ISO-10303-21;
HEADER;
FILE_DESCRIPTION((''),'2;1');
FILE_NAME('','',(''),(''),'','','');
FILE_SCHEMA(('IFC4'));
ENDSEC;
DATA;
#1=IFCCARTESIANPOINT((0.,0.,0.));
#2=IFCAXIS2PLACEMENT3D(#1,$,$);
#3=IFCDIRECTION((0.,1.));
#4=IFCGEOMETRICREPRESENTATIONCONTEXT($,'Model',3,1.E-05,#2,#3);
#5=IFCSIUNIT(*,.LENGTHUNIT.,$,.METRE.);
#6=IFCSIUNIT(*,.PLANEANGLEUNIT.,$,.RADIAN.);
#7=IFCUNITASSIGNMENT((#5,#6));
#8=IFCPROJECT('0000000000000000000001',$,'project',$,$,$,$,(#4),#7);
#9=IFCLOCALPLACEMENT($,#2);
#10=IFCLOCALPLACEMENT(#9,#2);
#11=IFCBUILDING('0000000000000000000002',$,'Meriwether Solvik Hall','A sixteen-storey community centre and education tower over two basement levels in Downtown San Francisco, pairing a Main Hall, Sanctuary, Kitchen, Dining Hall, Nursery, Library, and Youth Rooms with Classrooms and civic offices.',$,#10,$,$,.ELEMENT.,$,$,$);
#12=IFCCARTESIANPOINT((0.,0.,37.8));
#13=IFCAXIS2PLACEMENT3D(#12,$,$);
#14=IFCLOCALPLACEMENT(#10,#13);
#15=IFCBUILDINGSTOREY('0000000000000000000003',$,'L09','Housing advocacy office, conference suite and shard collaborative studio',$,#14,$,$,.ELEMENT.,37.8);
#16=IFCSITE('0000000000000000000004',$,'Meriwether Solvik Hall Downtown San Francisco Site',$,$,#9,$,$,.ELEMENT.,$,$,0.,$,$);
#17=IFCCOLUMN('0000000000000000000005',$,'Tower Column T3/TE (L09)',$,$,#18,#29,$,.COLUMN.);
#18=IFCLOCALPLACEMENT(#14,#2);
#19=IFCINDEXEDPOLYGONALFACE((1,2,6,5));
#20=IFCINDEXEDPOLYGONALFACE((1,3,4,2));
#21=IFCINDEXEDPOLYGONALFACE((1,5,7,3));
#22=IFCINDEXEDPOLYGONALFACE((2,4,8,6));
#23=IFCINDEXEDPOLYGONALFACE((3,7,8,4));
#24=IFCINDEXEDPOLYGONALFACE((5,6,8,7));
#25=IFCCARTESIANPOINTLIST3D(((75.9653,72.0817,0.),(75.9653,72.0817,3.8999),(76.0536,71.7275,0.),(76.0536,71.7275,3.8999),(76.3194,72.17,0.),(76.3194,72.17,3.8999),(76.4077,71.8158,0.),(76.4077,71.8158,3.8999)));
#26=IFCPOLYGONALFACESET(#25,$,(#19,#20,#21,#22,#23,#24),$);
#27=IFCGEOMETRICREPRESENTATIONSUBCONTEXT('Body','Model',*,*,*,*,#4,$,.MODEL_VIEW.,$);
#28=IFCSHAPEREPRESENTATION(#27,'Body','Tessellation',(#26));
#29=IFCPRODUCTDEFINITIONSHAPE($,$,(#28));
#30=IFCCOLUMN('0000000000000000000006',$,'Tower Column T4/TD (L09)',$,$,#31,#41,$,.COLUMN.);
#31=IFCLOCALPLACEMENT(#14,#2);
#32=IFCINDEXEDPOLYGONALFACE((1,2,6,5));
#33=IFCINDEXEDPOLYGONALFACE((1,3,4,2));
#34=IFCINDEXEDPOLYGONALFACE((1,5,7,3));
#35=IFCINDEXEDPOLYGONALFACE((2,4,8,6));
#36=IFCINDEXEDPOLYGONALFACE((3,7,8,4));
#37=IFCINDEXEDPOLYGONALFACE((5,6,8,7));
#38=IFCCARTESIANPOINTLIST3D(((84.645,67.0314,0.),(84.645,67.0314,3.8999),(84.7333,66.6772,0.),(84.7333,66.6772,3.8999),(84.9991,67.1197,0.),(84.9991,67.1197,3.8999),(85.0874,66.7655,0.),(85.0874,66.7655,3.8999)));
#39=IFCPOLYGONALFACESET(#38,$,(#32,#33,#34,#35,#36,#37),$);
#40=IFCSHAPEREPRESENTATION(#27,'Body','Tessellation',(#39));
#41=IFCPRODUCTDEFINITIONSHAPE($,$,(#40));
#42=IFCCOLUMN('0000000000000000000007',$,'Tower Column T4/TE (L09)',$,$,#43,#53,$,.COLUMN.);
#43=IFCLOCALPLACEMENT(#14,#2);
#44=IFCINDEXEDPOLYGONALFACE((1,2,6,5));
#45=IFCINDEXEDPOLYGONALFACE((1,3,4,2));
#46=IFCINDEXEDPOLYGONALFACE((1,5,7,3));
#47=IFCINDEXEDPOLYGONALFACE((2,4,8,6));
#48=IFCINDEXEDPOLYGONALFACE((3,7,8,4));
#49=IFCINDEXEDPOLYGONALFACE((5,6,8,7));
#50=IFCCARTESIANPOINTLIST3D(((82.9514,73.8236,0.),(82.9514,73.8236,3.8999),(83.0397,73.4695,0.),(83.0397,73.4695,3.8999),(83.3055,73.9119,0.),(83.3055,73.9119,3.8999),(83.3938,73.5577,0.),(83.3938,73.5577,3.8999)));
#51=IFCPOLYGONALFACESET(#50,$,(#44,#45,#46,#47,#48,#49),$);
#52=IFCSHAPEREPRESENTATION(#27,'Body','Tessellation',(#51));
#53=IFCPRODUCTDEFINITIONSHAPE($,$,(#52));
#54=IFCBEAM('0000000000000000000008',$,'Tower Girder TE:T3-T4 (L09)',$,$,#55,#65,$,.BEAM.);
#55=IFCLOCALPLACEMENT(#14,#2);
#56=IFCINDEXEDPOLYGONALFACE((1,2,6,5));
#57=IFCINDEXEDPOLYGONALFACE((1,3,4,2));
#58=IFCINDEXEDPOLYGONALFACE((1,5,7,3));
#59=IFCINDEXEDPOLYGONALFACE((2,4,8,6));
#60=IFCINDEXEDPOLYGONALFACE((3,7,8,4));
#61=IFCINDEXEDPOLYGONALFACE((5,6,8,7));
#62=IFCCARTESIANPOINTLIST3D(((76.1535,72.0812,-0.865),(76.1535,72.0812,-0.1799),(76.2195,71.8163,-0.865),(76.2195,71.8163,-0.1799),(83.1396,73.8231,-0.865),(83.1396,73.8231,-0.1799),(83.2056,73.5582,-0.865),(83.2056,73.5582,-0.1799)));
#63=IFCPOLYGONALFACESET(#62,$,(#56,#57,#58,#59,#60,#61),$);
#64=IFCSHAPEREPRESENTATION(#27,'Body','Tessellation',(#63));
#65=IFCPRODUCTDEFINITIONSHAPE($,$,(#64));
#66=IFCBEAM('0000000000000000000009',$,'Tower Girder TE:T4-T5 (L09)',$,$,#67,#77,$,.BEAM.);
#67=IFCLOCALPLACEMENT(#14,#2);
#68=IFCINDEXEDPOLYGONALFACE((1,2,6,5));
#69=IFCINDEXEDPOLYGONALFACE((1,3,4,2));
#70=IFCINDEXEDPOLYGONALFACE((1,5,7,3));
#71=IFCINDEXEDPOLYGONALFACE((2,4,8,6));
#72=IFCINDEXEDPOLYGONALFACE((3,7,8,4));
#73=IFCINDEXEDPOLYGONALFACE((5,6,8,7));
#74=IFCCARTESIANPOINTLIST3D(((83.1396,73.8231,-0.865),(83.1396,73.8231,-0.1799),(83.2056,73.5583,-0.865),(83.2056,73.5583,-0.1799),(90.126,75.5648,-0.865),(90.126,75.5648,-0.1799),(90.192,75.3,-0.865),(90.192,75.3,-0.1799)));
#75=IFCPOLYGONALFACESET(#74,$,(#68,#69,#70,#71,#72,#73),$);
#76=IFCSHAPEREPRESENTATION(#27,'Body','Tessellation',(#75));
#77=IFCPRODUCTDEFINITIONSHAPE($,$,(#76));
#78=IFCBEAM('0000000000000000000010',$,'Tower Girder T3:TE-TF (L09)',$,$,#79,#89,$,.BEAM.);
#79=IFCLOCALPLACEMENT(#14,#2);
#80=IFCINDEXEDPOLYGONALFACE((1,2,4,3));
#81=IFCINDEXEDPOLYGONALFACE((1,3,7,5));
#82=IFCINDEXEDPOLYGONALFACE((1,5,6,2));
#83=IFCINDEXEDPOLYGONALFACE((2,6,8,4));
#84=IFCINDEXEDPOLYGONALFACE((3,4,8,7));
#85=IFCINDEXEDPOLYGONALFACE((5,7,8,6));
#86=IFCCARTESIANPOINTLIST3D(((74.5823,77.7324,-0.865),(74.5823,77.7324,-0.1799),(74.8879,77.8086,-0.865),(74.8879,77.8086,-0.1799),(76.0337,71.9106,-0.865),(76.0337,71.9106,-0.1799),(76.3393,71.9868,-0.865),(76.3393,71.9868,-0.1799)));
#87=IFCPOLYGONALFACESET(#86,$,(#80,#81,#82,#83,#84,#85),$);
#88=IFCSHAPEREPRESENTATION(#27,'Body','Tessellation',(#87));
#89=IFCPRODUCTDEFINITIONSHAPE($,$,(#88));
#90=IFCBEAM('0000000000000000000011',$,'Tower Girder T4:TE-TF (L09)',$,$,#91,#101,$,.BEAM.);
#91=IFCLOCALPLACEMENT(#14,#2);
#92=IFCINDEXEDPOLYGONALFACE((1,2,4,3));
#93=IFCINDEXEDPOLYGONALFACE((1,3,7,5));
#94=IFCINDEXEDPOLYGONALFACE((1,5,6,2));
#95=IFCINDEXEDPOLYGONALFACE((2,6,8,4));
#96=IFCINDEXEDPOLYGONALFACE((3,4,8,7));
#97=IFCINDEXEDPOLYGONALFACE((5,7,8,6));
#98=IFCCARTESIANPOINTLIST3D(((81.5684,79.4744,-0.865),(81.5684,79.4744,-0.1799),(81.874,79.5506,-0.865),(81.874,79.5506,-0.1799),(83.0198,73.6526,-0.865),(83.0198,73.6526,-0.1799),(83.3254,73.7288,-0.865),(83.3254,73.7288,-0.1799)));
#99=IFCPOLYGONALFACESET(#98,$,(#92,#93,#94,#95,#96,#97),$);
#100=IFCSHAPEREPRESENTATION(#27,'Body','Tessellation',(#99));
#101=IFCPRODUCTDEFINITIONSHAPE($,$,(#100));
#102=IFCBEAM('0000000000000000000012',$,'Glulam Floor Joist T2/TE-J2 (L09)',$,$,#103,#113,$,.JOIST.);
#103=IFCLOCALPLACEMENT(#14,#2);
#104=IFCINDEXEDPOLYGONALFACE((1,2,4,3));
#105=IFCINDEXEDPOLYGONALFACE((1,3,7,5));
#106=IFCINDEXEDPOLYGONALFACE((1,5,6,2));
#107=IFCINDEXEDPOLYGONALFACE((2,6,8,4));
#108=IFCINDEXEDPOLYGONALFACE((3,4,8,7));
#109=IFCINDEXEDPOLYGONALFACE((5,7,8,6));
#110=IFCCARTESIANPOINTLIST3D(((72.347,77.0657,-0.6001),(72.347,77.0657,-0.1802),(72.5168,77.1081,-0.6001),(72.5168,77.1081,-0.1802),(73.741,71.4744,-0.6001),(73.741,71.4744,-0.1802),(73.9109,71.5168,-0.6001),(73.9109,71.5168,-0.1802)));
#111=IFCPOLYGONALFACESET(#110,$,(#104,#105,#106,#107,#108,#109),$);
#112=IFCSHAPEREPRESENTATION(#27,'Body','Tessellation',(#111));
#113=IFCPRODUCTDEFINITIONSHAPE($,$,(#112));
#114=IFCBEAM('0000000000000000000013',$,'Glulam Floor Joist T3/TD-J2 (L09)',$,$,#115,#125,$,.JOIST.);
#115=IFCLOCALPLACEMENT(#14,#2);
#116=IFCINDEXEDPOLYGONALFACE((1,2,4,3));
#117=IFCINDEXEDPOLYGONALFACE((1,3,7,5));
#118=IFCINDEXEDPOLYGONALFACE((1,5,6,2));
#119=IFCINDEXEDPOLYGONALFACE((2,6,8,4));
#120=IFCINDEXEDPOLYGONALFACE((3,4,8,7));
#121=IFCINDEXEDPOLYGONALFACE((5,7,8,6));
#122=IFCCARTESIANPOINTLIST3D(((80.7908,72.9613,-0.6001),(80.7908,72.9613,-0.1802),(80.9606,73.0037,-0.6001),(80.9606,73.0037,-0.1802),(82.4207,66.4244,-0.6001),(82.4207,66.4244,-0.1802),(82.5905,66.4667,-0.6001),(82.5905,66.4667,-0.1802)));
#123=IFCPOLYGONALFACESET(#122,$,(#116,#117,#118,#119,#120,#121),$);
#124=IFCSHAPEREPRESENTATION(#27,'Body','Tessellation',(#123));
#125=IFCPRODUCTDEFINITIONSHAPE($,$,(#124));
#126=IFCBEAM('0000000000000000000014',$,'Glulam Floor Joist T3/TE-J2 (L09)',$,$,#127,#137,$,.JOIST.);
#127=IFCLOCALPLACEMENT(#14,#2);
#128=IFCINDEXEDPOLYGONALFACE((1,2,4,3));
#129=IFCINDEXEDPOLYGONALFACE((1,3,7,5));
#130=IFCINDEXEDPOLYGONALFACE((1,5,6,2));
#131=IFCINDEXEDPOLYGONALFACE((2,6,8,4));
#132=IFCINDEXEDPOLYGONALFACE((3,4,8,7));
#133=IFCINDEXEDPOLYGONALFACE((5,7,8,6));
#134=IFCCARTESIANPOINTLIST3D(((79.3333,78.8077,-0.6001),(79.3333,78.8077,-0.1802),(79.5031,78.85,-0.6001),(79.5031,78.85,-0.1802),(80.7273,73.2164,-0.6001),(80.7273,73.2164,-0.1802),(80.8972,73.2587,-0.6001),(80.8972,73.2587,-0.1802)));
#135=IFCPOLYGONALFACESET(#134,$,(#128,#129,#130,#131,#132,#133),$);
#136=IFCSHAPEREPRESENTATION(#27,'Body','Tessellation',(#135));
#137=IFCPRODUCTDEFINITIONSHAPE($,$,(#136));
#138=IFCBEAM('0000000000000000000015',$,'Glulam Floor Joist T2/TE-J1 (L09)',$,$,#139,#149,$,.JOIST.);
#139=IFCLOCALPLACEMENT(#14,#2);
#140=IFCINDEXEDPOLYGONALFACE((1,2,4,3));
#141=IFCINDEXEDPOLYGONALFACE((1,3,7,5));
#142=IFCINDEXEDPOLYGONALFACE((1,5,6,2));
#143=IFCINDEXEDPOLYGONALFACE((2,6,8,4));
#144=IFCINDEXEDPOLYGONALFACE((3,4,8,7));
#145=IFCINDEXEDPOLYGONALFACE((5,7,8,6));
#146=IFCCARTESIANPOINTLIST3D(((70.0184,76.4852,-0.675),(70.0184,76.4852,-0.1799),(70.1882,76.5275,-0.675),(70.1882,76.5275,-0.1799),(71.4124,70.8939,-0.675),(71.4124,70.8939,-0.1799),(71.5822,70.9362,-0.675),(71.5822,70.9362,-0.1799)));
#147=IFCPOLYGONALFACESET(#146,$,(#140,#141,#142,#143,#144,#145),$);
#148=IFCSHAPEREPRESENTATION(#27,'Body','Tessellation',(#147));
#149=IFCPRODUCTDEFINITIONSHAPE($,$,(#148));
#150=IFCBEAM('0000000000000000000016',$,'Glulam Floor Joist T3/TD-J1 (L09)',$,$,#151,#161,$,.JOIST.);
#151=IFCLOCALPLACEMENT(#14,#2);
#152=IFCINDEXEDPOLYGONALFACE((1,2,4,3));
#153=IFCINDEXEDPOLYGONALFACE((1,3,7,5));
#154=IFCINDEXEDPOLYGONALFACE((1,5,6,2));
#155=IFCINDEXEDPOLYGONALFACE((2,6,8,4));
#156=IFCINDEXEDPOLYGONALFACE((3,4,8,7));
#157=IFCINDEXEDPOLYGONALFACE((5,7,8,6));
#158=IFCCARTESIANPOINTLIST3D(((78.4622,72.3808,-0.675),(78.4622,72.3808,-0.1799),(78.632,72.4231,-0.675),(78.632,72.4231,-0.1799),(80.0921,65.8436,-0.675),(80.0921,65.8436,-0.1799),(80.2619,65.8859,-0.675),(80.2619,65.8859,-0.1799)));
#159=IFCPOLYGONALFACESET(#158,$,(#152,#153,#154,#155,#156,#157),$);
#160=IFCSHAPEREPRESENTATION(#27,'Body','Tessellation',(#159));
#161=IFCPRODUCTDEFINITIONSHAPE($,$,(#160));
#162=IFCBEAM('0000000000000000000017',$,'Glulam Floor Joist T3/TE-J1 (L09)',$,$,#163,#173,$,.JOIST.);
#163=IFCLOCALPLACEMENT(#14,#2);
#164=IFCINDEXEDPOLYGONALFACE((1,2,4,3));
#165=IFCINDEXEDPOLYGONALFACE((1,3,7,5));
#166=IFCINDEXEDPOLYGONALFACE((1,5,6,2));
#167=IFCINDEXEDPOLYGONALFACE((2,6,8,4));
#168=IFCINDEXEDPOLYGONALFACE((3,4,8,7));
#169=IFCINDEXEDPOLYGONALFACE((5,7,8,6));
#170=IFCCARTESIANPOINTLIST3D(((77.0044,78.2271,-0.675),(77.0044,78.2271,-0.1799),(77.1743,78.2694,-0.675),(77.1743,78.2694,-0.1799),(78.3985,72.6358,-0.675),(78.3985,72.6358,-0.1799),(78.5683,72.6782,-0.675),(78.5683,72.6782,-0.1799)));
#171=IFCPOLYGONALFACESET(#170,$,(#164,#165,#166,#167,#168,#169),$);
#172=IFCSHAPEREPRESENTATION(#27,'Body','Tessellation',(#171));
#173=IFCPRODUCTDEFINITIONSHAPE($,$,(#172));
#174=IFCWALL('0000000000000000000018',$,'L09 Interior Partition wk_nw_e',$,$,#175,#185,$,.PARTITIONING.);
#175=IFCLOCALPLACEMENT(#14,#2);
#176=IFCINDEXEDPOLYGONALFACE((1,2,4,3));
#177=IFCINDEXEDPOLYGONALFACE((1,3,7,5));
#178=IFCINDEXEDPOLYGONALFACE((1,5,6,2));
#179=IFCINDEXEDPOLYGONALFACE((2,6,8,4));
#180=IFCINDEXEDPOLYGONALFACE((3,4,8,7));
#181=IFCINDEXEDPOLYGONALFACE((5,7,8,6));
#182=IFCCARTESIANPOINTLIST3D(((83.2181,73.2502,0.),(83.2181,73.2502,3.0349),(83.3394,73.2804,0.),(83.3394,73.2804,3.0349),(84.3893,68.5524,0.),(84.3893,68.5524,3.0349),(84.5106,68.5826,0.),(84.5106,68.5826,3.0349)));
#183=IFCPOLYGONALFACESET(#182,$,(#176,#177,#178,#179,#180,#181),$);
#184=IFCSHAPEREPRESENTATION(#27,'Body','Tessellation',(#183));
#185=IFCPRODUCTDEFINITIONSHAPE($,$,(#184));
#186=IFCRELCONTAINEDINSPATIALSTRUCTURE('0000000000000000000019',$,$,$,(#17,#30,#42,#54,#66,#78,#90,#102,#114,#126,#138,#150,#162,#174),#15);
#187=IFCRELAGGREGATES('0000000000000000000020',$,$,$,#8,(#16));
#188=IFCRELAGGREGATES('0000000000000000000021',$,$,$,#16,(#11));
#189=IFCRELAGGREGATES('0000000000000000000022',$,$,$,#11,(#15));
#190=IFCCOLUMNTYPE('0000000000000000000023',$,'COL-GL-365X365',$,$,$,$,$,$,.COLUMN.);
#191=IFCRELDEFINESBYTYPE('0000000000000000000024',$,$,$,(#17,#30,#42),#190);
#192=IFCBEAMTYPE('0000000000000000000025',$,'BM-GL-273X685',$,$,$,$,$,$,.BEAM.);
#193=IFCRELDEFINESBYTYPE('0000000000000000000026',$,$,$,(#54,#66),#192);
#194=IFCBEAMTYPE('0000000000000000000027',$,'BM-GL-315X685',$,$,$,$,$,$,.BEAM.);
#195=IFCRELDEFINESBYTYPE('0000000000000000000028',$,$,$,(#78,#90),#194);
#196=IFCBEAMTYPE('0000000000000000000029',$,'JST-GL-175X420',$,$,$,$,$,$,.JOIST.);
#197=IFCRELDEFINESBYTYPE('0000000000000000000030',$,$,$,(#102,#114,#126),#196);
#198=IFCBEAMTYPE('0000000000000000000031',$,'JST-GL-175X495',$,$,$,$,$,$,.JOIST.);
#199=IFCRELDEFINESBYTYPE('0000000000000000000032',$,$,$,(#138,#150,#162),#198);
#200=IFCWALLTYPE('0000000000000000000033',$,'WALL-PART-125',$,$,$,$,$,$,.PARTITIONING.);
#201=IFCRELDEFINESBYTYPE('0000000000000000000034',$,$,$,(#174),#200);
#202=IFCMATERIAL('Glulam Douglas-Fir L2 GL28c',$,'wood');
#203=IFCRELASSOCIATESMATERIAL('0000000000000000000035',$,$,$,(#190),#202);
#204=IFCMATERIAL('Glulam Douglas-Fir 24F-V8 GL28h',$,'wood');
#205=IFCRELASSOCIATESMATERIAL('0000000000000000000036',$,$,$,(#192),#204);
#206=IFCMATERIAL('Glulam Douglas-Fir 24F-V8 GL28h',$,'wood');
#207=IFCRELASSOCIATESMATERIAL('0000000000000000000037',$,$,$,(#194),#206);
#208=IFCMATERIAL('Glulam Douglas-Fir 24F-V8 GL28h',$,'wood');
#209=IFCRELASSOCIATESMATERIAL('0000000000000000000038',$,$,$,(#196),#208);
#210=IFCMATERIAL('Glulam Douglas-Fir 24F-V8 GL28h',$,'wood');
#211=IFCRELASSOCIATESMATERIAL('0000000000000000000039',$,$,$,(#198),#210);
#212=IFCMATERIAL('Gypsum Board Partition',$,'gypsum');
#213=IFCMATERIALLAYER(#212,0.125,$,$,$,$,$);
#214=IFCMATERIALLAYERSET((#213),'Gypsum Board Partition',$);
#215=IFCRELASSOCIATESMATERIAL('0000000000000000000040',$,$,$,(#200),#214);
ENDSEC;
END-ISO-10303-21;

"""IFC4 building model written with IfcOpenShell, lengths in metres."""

from ifc_helpers import new_model, si_unit, direction, frame, frame_2d, origin, origin_2d, place, context, subcontext, project, spatial, rectangle, extrude, material, layer, layer_set, material_profile, profile_set, type_object, element, save


model = new_model("IFC4")

# Units and contexts
model_context = context("Model", 3, precision=1e-05, world=origin(), true_north=direction((0.0, 1.0)))
body_context = subcontext(model_context, "Body", "Model", "MODEL_VIEW")
ifc_project = project(units=[si_unit("LENGTHUNIT", "METRE"), si_unit("PLANEANGLEUNIT", "RADIAN")], contexts=[model_context])

# Site, building, storey
site_placement = place(None, origin())
site = spatial("IfcSite", under=ifc_project, at=site_placement, Name="Meriwether Solvik Hall Downtown San Francisco Site", CompositionType="ELEMENT", RefElevation=0.0)
building_placement = place(site_placement, origin())
building = spatial("IfcBuilding", under=site, at=building_placement, Name="Meriwether Solvik Hall", Description="A sixteen-storey community centre and education tower over two basement levels in Downtown San Francisco, pairing a Main Hall, Sanctuary, Kitchen, Dining Hall, Nursery, Library, and Youth Rooms with Classrooms and civic offices.", CompositionType="ELEMENT")
storey_placement = place(building_placement, frame((0.0, 0.0, 37.8)))
storey = spatial("IfcBuildingStorey", under=building, at=storey_placement, Name="L09", Description="Housing advocacy office, conference suite and shard collaborative studio", CompositionType="ELEMENT", Elevation=37.8)

# Columns
ifc_material_1 = material(Name="Glulam Douglas-Fir L2 GL28c", Category="wood")
ifc_material_profile_1 = material_profile(ifc_material_1, rectangle(XDim=0.365, YDim=0.365, at=origin_2d()), Name="GLC-365X365")
ifc_profile_set_1 = profile_set([ifc_material_profile_1], Name="Glulam Douglas-Fir L2 GL28c")
column_type = type_object("IfcColumnType", Name="COL-GL-365X365", PredefinedType="COLUMN", material=ifc_profile_set_1)
for number, where, z_axis, x_axis, name in (
    (1, (76.1865, 71.9487, 0.0), (0.0, 0.0, 1.0), (0.970296, 0.241922, 0.0), "Tower Column T3/TE (L09)"),
    (2, (84.8662, 66.8984, 0.0), (0.0, 0.0, 1.0), (0.970296, 0.241922, 0.0), "Tower Column T4/TD (L09)"),
    (3, (83.1726, 73.6907, 0.0), (0.0, 0.0, 1.0), (0.970296, 0.241922, 0.0), "Tower Column T4/TE (L09)"),
):
    element("IfcColumn", number, at=place(storey_placement, frame(where, z_axis=z_axis, x_axis=x_axis)), inside=storey, type_object=column_type, Name=name, PredefinedType="COLUMN", context=body_context, shape_type="SweptSolid", body=[
        extrude(rectangle(XDim=0.365, YDim=0.365, at=origin_2d()), origin(), (0.0, 0.0, 1.0), 3.8999),
    ])

# Beams
ifc_material_2 = material(Name="Glulam Douglas-Fir 24F-V8 GL28h", Category="wood")
ifc_material_profile_2 = material_profile(ifc_material_2, rectangle(XDim=0.2729, YDim=0.6851, at=origin_2d()), Name="GLB-273X685")
ifc_profile_set_2 = profile_set([ifc_material_profile_2], Name="Glulam Douglas-Fir 24F-V8 GL28h")
beam_type_1 = type_object("IfcBeamType", Name="BM-GL-273X685", PredefinedType="BEAM", material=ifc_profile_set_2)
beam_1_placement = place(storey_placement, frame((76.1865, 71.9487, -0.5225), z_axis=(0.970292, 0.241937, 0.0), x_axis=(-0.241937, 0.970292, 0.0)))
element("IfcBeam", 4, at=beam_1_placement, inside=storey, type_object=beam_type_1, Name="Tower Girder TE:T3-T4 (L09)", PredefinedType="BEAM", context=body_context, shape_type="SweptSolid", body=[
    extrude(rectangle(XDim=0.2729, YDim=0.6851, at=origin_2d()), origin(), (0.0, 0.0, 1.0), 7.2),
])
beam_2_placement = place(storey_placement, frame((83.1726, 73.6907, -0.5225), z_axis=(0.970302, 0.241897, 0.0), x_axis=(-0.241897, 0.970302, 0.0)))
element("IfcBeam", 5, at=beam_2_placement, inside=storey, type_object=beam_type_1, Name="Tower Girder TE:T4-T5 (L09)", PredefinedType="BEAM", context=body_context, shape_type="SweptSolid", body=[
    extrude(rectangle(XDim=0.2729, YDim=0.6851, at=origin_2d()), origin(), (0.0, 0.0, 1.0), 7.2002),
])
ifc_material_3 = material(Name="Glulam Douglas-Fir 24F-V8 GL28h", Category="wood")
ifc_material_profile_3 = material_profile(ifc_material_3, rectangle(XDim=0.3149, YDim=0.6851, at=origin_2d()), Name="GLB-315X685")
ifc_profile_set_3 = profile_set([ifc_material_profile_3], Name="Glulam Douglas-Fir 24F-V8 GL28h")
beam_type_2 = type_object("IfcBeamType", Name="BM-GL-315X685", PredefinedType="BEAM", material=ifc_profile_set_3)
for number, where, z_axis, x_axis, name in (
    (6, (76.1865, 71.9487, -0.5225), (-0.241904, 0.9703, 0.0), (-0.9703, -0.241904, 0.0), "Tower Girder T3:TE-TF (L09)"),
    (7, (83.1726, 73.6907, -0.5225), (-0.241904, 0.9703, 0.0), (-0.9703, -0.241904, 0.0), "Tower Girder T4:TE-TF (L09)"),
):
    element("IfcBeam", number, at=place(storey_placement, frame(where, z_axis=z_axis, x_axis=x_axis)), inside=storey, type_object=beam_type_2, Name=name, PredefinedType="BEAM", context=body_context, shape_type="SweptSolid", body=[
        extrude(rectangle(XDim=0.3149, YDim=0.6851, at=origin_2d()), origin(), (0.0, 0.0, 1.0), 6.0),
    ])
ifc_material_4 = material(Name="Glulam Douglas-Fir 24F-V8 GL28h", Category="wood")
ifc_material_profile_4 = material_profile(ifc_material_4, rectangle(XDim=0.175, YDim=0.4199, at=origin_2d()), Name="GLJ-175X420")
ifc_profile_set_4 = profile_set([ifc_material_profile_4], Name="Glulam Douglas-Fir 24F-V8 GL28h")
beam_type_3 = type_object("IfcBeamType", Name="JST-GL-175X420", PredefinedType="JOIST", material=ifc_profile_set_4)
beam_3_placement = place(storey_placement, frame((73.8259, 71.4956, -0.3901), z_axis=(-0.241918, 0.970297, 0.0), x_axis=(-0.970297, -0.241918, 0.0)))
element("IfcBeam", 8, at=beam_3_placement, inside=storey, type_object=beam_type_3, Name="Glulam Floor Joist T2/TE-J2 (L09)", PredefinedType="JOIST", context=body_context, shape_type="SweptSolid", body=[
    extrude(rectangle(XDim=0.175, YDim=0.4199, at=origin_2d()), origin(), (0.0, 0.0, 1.0), 5.7625),
])
beam_4_placement = place(storey_placement, frame((82.5056, 66.4456, -0.3901), z_axis=(-0.24193, 0.970294, 0.0), x_axis=(-0.970294, -0.24193, 0.0)))
element("IfcBeam", 9, at=beam_4_placement, inside=storey, type_object=beam_type_3, Name="Glulam Floor Joist T3/TD-J2 (L09)", PredefinedType="JOIST", context=body_context, shape_type="SweptSolid", body=[
    extrude(rectangle(XDim=0.175, YDim=0.4199, at=origin_2d()), origin(), (0.0, 0.0, 1.0), 6.7371),
])
beam_5_placement = place(storey_placement, frame((80.8123, 73.2375, -0.3901), z_axis=(-0.241918, 0.970297, 0.0), x_axis=(-0.970297, -0.241918, 0.0)))
element("IfcBeam", 10, at=beam_5_placement, inside=storey, type_object=beam_type_3, Name="Glulam Floor Joist T3/TE-J2 (L09)", PredefinedType="JOIST", context=body_context, shape_type="SweptSolid", body=[
    extrude(rectangle(XDim=0.175, YDim=0.4199, at=origin_2d()), origin(), (0.0, 0.0, 1.0), 5.7625),
])
ifc_material_5 = material(Name="Glulam Douglas-Fir 24F-V8 GL28h", Category="wood")
ifc_material_profile_5 = material_profile(ifc_material_5, rectangle(XDim=0.175, YDim=0.4951, at=origin_2d()), Name="GLJ-175X495")
ifc_profile_set_5 = profile_set([ifc_material_profile_5], Name="Glulam Douglas-Fir 24F-V8 GL28h")
beam_type_4 = type_object("IfcBeamType", Name="JST-GL-175X495", PredefinedType="JOIST", material=ifc_profile_set_5)
beam_6_placement = place(storey_placement, frame((71.4973, 70.915, -0.4275), z_axis=(-0.241918, 0.970297, 0.0), x_axis=(-0.970297, -0.241918, 0.0)))
element("IfcBeam", 11, at=beam_6_placement, inside=storey, type_object=beam_type_4, Name="Glulam Floor Joist T2/TE-J1 (L09)", PredefinedType="JOIST", context=body_context, shape_type="SweptSolid", body=[
    extrude(rectangle(XDim=0.175, YDim=0.4951, at=origin_2d()), origin(), (0.0, 0.0, 1.0), 5.7625),
])
beam_7_placement = place(storey_placement, frame((80.177, 65.8647, -0.4275), z_axis=(-0.241922, 0.970296, 0.0), x_axis=(-0.970296, -0.241922, 0.0)))
element("IfcBeam", 12, at=beam_7_placement, inside=storey, type_object=beam_type_4, Name="Glulam Floor Joist T3/TD-J1 (L09)", PredefinedType="JOIST", context=body_context, shape_type="SweptSolid", body=[
    extrude(rectangle(XDim=0.175, YDim=0.4951, at=origin_2d()), origin(), (0.0, 0.0, 1.0), 6.7373),
])
beam_8_placement = place(storey_placement, frame((78.4834, 72.657, -0.4275), z_axis=(-0.241918, 0.970297, 0.0), x_axis=(-0.970297, -0.241918, 0.0)))
element("IfcBeam", 13, at=beam_8_placement, inside=storey, type_object=beam_type_4, Name="Glulam Floor Joist T3/TE-J1 (L09)", PredefinedType="JOIST", context=body_context, shape_type="SweptSolid", body=[
    extrude(rectangle(XDim=0.175, YDim=0.4951, at=origin_2d()), origin(), (0.0, 0.0, 1.0), 5.7625),
])

# Wall
ifc_material_6 = material(Name="Gypsum Board Partition", Category="gypsum")
ifc_layer = layer(ifc_material_6, 0.125)
ifc_layer_set = layer_set([ifc_layer], Name="Gypsum Board Partition")
wall_type = type_object("IfcWallType", Name="WALL-PART-125", PredefinedType="PARTITIONING", material=ifc_layer_set)
wall_1_placement = place(storey_placement, frame((84.45, 68.5674, 0.0), z_axis=(0.0, 0.0, 1.0), x_axis=(-0.241895, 0.970302, 0.0)))
element("IfcWall", 14, at=wall_1_placement, inside=storey, type_object=wall_type, Name="L09 Interior Partition wk_nw_e", PredefinedType="PARTITIONING", context=body_context, shape_type="SweptSolid", body=[
    extrude(rectangle(XDim=4.8416, YDim=0.125, at=frame_2d((2.4209, 0.0))), origin(), (0.0, 0.0, 1.0), 3.0349),
])

save(model, "model.ifc")
